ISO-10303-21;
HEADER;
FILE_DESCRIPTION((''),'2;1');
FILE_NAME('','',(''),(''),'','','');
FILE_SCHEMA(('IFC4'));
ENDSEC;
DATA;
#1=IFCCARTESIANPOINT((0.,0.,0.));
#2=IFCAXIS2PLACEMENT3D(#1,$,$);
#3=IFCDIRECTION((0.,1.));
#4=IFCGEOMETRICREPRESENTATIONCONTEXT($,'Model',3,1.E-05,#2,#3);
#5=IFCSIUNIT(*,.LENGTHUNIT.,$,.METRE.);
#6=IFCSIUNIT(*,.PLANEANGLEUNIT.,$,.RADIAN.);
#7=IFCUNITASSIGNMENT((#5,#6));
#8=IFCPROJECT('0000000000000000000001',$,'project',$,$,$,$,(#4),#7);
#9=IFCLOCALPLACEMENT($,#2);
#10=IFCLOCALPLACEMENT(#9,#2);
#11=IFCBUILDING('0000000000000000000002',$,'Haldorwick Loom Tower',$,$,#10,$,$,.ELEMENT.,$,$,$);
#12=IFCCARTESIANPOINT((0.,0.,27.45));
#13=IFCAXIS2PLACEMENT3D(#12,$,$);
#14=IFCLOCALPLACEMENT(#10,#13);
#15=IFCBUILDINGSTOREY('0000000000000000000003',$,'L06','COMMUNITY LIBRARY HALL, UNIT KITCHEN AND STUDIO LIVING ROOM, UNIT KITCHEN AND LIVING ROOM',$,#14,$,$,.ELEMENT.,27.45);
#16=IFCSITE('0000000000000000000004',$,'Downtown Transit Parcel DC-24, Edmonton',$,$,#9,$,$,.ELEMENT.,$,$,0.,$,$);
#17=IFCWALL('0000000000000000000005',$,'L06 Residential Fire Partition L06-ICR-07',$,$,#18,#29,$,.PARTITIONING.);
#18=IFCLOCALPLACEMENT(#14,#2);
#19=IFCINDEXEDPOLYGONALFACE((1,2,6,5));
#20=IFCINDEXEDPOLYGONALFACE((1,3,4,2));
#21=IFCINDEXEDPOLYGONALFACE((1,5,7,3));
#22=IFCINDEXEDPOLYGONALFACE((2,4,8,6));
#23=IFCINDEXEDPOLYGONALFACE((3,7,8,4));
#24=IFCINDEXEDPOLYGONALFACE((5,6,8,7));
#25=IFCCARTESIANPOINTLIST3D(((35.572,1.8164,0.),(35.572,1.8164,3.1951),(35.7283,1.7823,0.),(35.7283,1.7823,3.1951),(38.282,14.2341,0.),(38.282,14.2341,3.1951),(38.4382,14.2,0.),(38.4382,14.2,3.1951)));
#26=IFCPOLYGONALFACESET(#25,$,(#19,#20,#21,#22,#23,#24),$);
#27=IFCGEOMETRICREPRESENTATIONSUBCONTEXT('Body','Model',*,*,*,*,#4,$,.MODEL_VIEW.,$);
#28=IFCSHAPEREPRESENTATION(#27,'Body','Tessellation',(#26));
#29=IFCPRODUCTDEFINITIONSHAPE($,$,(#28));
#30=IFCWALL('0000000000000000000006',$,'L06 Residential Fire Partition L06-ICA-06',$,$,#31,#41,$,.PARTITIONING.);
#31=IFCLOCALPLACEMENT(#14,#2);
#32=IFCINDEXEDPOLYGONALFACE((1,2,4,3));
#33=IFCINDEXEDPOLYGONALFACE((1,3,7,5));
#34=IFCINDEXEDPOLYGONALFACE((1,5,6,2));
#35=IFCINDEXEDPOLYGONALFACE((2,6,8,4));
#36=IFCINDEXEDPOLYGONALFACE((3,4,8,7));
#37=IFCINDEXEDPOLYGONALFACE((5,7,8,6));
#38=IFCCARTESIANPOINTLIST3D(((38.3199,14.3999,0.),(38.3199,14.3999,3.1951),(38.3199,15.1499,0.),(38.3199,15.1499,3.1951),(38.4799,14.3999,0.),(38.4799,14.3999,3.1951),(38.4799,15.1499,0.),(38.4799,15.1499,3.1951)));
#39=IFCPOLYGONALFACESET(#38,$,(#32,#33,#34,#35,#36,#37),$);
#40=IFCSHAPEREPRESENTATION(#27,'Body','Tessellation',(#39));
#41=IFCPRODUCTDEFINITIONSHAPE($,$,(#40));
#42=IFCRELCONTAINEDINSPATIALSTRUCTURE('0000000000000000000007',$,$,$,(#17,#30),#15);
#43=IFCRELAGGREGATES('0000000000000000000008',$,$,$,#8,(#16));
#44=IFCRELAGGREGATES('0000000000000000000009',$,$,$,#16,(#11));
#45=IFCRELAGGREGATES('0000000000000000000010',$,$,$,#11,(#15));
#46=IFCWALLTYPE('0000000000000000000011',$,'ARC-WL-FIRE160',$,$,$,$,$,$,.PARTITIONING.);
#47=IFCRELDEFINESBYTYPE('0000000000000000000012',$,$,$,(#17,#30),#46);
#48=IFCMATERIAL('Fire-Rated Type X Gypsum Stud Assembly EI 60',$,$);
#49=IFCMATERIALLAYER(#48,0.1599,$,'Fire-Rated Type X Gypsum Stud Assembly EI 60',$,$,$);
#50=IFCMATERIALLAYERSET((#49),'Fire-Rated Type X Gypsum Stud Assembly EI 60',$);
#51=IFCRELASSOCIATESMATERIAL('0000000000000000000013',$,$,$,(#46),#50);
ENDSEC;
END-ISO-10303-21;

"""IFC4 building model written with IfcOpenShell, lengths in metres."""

from ifc_helpers import new_model, si_unit, direction, frame, frame_2d, origin, place, context, subcontext, project, spatial, rectangle, extrude, material, layer, layer_set, type_object, element, save


model = new_model("IFC4")

# Units and contexts
model_context = context("Model", 3, precision=1e-05, world=origin(), true_north=direction((0.0, 1.0)))
body_context = subcontext(model_context, "Body", "Model", "MODEL_VIEW")
ifc_project = project(units=[si_unit("LENGTHUNIT", "METRE"), si_unit("PLANEANGLEUNIT", "RADIAN")], contexts=[model_context])

# Site, building, storey
site_placement = place(None, origin())
site = spatial("IfcSite", under=ifc_project, at=site_placement, Name="Downtown Transit Parcel DC-24, Edmonton", CompositionType="ELEMENT", RefElevation=0.0)
building_placement = place(site_placement, origin())
building = spatial("IfcBuilding", under=site, at=building_placement, Name="Haldorwick Loom Tower", CompositionType="ELEMENT")
storey_placement = place(building_placement, frame((0.0, 0.0, 27.45)))
storey = spatial("IfcBuildingStorey", under=building, at=storey_placement, Name="L06", Description="COMMUNITY LIBRARY HALL, UNIT KITCHEN AND STUDIO LIVING ROOM, UNIT KITCHEN AND LIVING ROOM", CompositionType="ELEMENT", Elevation=27.45)

# Walls
ifc_material_1 = material(Name="Fire-Rated Type X Gypsum Stud Assembly EI 60")
ifc_layer_1 = layer(ifc_material_1, 0.1599, Name="Fire-Rated Type X Gypsum Stud Assembly EI 60")
ifc_layer_set_1 = layer_set([ifc_layer_1], Name="Fire-Rated Type X Gypsum Stud Assembly EI 60")
wall_type_1 = type_object("IfcWallType", Name="ARC-WL-FIRE160", PredefinedType="PARTITIONING", material=ifc_layer_set_1)
wall_1_placement = place(storey_placement, frame((38.3601, 14.217, 0.0), z_axis=(0.0, 0.0, 1.0), x_axis=(-0.213215, -0.977005, 0.0)))
element("IfcWall", 1, at=wall_1_placement, inside=storey, type_object=wall_type_1, Name="L06 Residential Fire Partition L06-ICR-07", PredefinedType="PARTITIONING", context=body_context, shape_type="SweptSolid", body=[
    extrude(rectangle(XDim=12.71, YDim=0.1599, at=frame_2d((6.355, 0.0))), origin(), (0.0, 0.0, 1.0), 3.1951),
])
wall_2_placement = place(storey_placement, frame((38.3999, 15.1499, 0.0), z_axis=(0.0, 0.0, 1.0), x_axis=(0.0, -1.0, 0.0)))
element("IfcWall", 2, at=wall_2_placement, inside=storey, type_object=wall_type_1, Name="L06 Residential Fire Partition L06-ICA-06", PredefinedType="PARTITIONING", context=body_context, shape_type="SweptSolid", body=[
    extrude(rectangle(XDim=0.75, YDim=0.1599, at=frame_2d((0.375, 0.0))), origin(), (0.0, 0.0, 1.0), 3.1951),
])

save(model, "model.ifc")
